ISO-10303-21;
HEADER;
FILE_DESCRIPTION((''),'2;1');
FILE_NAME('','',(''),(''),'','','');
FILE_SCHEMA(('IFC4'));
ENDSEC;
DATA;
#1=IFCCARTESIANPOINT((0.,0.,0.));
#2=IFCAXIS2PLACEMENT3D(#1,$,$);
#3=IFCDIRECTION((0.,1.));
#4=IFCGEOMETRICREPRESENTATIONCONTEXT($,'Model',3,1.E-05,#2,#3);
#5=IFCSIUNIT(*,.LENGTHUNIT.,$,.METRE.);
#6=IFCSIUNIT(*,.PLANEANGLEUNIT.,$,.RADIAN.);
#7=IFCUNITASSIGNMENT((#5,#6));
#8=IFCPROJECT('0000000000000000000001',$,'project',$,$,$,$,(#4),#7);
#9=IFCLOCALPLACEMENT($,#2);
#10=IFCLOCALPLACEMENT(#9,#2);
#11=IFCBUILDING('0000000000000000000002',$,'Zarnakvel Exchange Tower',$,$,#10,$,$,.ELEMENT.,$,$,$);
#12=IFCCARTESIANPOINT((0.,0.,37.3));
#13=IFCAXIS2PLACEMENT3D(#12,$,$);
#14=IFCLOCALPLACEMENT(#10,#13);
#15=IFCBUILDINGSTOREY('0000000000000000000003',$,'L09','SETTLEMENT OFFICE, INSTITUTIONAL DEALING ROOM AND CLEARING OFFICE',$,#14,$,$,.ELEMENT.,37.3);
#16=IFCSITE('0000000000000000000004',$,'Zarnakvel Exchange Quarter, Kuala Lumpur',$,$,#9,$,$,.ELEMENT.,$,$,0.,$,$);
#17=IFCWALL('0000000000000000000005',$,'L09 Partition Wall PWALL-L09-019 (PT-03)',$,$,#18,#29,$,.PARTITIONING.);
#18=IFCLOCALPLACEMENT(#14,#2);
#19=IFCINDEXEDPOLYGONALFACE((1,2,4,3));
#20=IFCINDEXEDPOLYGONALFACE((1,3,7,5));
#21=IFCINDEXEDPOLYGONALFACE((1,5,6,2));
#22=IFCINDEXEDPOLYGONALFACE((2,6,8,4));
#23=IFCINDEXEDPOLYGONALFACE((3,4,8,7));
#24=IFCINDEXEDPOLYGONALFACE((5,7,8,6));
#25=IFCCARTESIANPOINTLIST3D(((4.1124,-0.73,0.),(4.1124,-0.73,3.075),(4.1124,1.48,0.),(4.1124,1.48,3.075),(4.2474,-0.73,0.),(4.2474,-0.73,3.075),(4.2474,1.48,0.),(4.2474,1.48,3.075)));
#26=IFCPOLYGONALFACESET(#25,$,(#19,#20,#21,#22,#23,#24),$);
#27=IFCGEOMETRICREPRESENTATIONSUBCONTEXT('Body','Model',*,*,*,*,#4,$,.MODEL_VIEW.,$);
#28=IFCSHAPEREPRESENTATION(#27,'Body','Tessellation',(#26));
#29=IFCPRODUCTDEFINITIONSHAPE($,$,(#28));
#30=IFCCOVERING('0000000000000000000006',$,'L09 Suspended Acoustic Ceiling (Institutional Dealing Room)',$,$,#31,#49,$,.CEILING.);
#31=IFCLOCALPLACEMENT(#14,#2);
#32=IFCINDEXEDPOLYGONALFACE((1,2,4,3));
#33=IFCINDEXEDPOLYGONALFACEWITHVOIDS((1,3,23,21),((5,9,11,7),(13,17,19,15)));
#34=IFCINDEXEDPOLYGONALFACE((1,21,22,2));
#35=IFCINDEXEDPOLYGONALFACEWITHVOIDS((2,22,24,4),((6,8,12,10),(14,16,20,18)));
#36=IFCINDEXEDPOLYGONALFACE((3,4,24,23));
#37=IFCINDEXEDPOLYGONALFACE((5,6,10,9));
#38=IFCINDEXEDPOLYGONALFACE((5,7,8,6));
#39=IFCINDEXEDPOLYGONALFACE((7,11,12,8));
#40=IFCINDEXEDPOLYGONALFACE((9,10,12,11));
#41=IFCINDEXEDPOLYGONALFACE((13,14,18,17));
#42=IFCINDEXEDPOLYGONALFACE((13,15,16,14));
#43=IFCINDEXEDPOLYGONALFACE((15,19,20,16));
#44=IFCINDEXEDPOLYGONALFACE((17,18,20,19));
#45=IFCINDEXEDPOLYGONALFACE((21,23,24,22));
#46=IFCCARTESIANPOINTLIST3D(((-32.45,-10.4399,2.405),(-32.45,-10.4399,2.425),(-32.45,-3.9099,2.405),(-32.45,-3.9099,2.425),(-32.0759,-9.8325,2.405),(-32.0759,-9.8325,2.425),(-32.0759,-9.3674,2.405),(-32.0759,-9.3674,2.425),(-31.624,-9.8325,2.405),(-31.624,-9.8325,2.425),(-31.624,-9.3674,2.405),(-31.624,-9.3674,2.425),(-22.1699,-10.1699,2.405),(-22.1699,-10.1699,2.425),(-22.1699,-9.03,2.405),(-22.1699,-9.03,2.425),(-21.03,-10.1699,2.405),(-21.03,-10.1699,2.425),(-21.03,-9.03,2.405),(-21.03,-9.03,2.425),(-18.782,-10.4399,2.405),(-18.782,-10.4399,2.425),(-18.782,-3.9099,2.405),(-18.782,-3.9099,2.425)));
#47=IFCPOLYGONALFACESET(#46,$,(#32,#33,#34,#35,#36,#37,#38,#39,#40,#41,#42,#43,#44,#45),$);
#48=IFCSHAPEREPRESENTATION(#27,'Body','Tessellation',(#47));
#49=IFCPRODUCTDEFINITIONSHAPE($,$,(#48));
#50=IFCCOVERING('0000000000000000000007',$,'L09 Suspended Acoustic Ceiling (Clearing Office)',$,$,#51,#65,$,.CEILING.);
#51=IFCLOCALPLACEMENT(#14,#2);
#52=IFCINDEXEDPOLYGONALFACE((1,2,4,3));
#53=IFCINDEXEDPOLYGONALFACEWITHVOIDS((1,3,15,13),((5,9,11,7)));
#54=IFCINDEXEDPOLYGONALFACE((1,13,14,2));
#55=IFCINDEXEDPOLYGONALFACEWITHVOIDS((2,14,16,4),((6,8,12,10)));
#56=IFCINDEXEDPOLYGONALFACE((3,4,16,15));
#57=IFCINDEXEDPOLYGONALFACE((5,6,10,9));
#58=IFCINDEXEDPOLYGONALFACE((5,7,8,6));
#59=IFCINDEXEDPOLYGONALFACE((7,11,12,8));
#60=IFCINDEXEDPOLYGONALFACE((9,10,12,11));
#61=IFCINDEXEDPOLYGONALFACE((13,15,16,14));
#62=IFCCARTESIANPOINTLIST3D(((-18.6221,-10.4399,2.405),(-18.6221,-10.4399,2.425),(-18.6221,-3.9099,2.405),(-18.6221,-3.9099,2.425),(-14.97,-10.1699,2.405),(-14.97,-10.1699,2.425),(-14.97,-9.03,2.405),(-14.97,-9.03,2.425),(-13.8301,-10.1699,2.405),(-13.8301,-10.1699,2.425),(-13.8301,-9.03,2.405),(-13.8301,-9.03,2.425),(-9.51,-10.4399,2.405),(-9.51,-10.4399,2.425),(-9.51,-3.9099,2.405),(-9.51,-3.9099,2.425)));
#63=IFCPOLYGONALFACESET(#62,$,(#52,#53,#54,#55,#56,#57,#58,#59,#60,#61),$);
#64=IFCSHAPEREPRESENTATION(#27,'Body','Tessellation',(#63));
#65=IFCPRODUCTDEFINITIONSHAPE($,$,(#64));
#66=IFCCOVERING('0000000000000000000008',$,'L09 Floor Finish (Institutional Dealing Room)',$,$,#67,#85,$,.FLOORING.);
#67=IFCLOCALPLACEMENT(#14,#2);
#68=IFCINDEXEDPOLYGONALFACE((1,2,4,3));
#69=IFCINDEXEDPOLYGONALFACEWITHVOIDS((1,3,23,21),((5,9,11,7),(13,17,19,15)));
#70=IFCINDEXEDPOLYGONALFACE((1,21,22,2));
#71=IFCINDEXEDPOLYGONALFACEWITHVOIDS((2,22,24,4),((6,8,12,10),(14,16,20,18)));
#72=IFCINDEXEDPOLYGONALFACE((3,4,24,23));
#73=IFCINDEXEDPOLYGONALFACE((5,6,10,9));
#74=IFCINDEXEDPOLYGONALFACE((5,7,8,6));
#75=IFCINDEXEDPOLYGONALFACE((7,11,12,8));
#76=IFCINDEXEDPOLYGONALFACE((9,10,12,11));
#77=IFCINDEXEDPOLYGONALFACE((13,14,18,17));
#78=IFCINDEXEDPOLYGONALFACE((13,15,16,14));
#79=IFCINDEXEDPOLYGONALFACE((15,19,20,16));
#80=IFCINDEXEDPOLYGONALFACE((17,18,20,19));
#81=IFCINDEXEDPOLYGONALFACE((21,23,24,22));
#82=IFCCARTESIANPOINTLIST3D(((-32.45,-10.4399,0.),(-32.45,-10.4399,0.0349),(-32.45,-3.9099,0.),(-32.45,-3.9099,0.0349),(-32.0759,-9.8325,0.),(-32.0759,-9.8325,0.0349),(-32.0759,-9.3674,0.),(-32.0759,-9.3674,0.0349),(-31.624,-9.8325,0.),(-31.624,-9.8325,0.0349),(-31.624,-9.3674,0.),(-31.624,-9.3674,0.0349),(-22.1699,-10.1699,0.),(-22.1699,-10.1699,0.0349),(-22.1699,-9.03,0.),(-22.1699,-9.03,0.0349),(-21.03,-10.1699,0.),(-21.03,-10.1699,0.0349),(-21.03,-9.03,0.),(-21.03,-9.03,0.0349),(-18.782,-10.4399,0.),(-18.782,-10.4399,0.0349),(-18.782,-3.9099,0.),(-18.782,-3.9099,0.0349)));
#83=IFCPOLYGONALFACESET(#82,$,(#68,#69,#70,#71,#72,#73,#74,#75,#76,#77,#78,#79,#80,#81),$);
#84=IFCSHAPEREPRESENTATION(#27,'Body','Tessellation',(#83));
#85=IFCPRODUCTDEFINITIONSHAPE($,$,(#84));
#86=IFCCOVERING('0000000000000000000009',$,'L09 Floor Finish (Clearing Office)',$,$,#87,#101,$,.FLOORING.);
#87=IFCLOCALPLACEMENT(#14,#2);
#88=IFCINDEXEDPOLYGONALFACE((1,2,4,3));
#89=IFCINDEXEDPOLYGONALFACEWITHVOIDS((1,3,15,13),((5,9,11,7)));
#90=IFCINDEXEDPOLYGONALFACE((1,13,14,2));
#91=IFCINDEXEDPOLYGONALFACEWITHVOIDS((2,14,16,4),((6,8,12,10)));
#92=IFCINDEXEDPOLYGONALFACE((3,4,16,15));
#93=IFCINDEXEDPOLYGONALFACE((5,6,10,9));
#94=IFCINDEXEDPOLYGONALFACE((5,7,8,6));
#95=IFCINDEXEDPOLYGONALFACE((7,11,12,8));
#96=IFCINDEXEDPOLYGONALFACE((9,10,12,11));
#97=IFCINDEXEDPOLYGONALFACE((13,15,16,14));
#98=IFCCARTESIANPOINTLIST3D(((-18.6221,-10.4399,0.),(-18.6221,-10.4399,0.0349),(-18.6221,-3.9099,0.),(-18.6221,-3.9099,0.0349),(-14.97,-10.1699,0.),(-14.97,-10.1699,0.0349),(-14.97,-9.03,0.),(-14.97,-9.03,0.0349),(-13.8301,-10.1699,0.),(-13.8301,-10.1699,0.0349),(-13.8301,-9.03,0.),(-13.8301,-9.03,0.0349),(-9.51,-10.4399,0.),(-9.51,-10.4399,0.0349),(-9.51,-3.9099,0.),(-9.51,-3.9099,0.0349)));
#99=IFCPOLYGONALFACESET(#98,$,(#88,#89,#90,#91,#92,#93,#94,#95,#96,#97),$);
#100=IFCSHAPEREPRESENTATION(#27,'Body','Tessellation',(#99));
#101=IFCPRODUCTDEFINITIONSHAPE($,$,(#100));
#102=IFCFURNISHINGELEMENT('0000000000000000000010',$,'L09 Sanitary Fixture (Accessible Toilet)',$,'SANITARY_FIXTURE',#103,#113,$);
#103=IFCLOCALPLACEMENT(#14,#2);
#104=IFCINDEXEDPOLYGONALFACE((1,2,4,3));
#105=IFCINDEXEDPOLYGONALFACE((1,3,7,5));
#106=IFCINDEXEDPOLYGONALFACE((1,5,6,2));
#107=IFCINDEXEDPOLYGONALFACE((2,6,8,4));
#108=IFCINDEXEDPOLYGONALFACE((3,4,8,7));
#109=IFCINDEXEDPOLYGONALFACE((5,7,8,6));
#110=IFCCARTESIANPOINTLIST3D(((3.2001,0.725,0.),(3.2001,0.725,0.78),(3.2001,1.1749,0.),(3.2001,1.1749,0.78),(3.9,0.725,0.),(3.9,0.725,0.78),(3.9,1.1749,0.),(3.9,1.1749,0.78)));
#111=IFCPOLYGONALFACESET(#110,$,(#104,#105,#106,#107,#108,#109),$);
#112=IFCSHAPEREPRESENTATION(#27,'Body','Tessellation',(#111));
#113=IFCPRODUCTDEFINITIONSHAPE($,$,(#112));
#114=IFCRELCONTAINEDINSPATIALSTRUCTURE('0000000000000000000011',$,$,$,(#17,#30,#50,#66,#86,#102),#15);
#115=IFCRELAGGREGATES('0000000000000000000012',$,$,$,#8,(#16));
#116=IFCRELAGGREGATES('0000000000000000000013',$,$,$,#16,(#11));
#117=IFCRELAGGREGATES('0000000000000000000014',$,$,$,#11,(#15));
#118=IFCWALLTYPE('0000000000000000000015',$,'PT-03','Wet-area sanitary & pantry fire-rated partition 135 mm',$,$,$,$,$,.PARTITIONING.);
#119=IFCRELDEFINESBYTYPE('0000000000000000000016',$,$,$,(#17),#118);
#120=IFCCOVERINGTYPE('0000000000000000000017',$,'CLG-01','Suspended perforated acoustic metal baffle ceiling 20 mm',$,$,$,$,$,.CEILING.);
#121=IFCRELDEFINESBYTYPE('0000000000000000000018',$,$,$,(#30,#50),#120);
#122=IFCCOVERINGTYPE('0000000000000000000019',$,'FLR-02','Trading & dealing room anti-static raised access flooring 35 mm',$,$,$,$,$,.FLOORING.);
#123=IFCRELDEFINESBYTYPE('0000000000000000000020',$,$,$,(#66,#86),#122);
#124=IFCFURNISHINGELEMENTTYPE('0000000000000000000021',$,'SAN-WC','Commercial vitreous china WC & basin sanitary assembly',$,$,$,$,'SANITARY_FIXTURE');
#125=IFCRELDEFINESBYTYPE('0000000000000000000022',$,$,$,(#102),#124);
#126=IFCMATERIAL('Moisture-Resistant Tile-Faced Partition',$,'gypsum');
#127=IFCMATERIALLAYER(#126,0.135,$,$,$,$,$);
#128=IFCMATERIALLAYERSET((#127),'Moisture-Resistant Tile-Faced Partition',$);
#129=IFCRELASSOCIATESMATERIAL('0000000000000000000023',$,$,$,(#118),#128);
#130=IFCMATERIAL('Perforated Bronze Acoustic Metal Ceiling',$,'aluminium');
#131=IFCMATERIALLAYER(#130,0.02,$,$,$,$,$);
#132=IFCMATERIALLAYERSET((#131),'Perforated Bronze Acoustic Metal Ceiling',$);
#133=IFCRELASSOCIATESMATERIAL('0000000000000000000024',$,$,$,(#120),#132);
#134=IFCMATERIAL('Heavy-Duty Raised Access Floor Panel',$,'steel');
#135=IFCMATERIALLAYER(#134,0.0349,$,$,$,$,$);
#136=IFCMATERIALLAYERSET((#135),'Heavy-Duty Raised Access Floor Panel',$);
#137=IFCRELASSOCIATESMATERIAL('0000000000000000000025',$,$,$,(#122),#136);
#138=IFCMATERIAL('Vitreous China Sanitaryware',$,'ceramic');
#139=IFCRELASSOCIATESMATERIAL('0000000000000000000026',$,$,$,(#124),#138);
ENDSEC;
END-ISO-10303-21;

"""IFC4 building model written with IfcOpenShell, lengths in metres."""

from ifc_helpers import new_model, si_unit, direction, frame, frame_2d, origin, origin_2d, place, context, subcontext, project, spatial, polyline, rectangle, outline, extrude, source, transform, mapped, material, layer, layer_set, type_object, element, save


model = new_model("IFC4")

# Units and contexts
model_context = context("Model", 3, precision=1e-05, world=origin(), true_north=direction((0.0, 1.0)))
body_context = subcontext(model_context, "Body", "Model", "MODEL_VIEW")
ifc_project = project(units=[si_unit("LENGTHUNIT", "METRE"), si_unit("PLANEANGLEUNIT", "RADIAN")], contexts=[model_context])

# Site, building, storey
site_placement = place(None, origin())
site = spatial("IfcSite", under=ifc_project, at=site_placement, Name="Zarnakvel Exchange Quarter, Kuala Lumpur", CompositionType="ELEMENT", RefElevation=0.0)
building_placement = place(site_placement, origin())
building = spatial("IfcBuilding", under=site, at=building_placement, Name="Zarnakvel Exchange Tower", CompositionType="ELEMENT")
storey_placement = place(building_placement, frame((0.0, 0.0, 37.3)))
storey = spatial("IfcBuildingStorey", under=building, at=storey_placement, Name="L09", Description="SETTLEMENT OFFICE, INSTITUTIONAL DEALING ROOM AND CLEARING OFFICE", CompositionType="ELEMENT", Elevation=37.3)

# Shared definitions
ifc_material_1 = material(Name="Moisture-Resistant Tile-Faced Partition", Category="gypsum")
ifc_layer_1 = layer(ifc_material_1, 0.135)
ifc_layer_set_1 = layer_set([ifc_layer_1], Name="Moisture-Resistant Tile-Faced Partition")
wall_type_1 = type_object("IfcWallType", Name="PT-03", Description="Wet-area sanitary & pantry fire-rated partition 135 mm", PredefinedType="PARTITIONING", material=ifc_layer_set_1)

# Wall
wall_1_placement = place(storey_placement, frame((4.1799, 1.48, 0.0), z_axis=(0.0, 0.0, 1.0), x_axis=(0.0, -1.0, 0.0)))
element("IfcWall", 1, at=wall_1_placement, inside=storey, type_object=wall_type_1, Name="L09 Partition Wall PWALL-L09-019 (PT-03)", PredefinedType="PARTITIONING", context=body_context, shape_type="SweptSolid", body=[
    extrude(rectangle(XDim=2.21, YDim=0.135, at=frame_2d((1.105, 0.0))), origin(), (0.0, 0.0, 1.0), 3.075),
])

# Coverings
ifc_material_2 = material(Name="Perforated Bronze Acoustic Metal Ceiling", Category="aluminium")
ifc_layer_2 = layer(ifc_material_2, 0.02)
ifc_layer_set_2 = layer_set([ifc_layer_2], Name="Perforated Bronze Acoustic Metal Ceiling")
covering_type_1 = type_object("IfcCoveringType", Name="CLG-01", Description="Suspended perforated acoustic metal baffle ceiling 20 mm", PredefinedType="CEILING", material=ifc_layer_set_2)
covering_1_placement = place(storey_placement, frame((0.0, 0.0, 2.405)))
element("IfcCovering", 2, at=covering_1_placement, inside=storey, type_object=covering_type_1, Name="L09 Suspended Acoustic Ceiling (Institutional Dealing Room)", PredefinedType="CEILING", context=body_context, shape_type="SweptSolid", body=[
    extrude(outline(polyline([(-32.45, -3.9099), (-18.782, -3.9099), (-18.782, -10.4399), (-32.45, -10.4399), (-32.45, -3.9099)]), holes=[polyline([(-21.03, -10.1699), (-21.03, -9.03), (-22.1699, -9.03), (-22.1699, -10.1699), (-21.03, -10.1699)]), polyline([(-32.0759, -9.8325), (-31.624, -9.8325), (-31.624, -9.3674), (-32.0759, -9.3674), (-32.0759, -9.8325)])]), origin(), (0.0, 0.0, 1.0), 0.02),
])
covering_2_placement = place(storey_placement, frame((0.0, 0.0, 2.405)))
element("IfcCovering", 3, at=covering_2_placement, inside=storey, type_object=covering_type_1, Name="L09 Suspended Acoustic Ceiling (Clearing Office)", PredefinedType="CEILING", context=body_context, shape_type="SweptSolid", body=[
    extrude(outline(polyline([(-18.6221, -3.9099), (-9.51, -3.9099), (-9.51, -10.4399), (-18.6221, -10.4399), (-18.6221, -3.9099)]), holes=[polyline([(-13.8301, -10.1699), (-13.8301, -9.03), (-14.97, -9.03), (-14.97, -10.1699), (-13.8301, -10.1699)])]), origin(), (0.0, 0.0, 1.0), 0.02),
])
ifc_material_3 = material(Name="Heavy-Duty Raised Access Floor Panel", Category="steel")
ifc_layer_3 = layer(ifc_material_3, 0.0349)
ifc_layer_set_3 = layer_set([ifc_layer_3], Name="Heavy-Duty Raised Access Floor Panel")
covering_type_2 = type_object("IfcCoveringType", Name="FLR-02", Description="Trading & dealing room anti-static raised access flooring 35 mm", PredefinedType="FLOORING", material=ifc_layer_set_3)
covering_3_placement = place(storey_placement, origin())
element("IfcCovering", 4, at=covering_3_placement, inside=storey, type_object=covering_type_2, Name="L09 Floor Finish (Institutional Dealing Room)", PredefinedType="FLOORING", context=body_context, shape_type="SweptSolid", body=[
    extrude(outline(polyline([(-32.45, -3.9099), (-18.782, -3.9099), (-18.782, -10.4399), (-32.45, -10.4399), (-32.45, -3.9099)]), holes=[polyline([(-21.03, -10.1699), (-21.03, -9.03), (-22.1699, -9.03), (-22.1699, -10.1699), (-21.03, -10.1699)]), polyline([(-32.0759, -9.8325), (-31.624, -9.8325), (-31.624, -9.3674), (-32.0759, -9.3674), (-32.0759, -9.8325)])]), origin(), (0.0, 0.0, 1.0), 0.0349),
])
covering_4_placement = place(storey_placement, origin())
element("IfcCovering", 5, at=covering_4_placement, inside=storey, type_object=covering_type_2, Name="L09 Floor Finish (Clearing Office)", PredefinedType="FLOORING", context=body_context, shape_type="SweptSolid", body=[
    extrude(outline(polyline([(-18.6221, -3.9099), (-9.51, -3.9099), (-9.51, -10.4399), (-18.6221, -10.4399), (-18.6221, -3.9099)]), holes=[polyline([(-13.8301, -10.1699), (-13.8301, -9.03), (-14.97, -9.03), (-14.97, -10.1699), (-13.8301, -10.1699)])]), origin(), (0.0, 0.0, 1.0), 0.0349),
])

# Furnishing element
ifc_material_4 = material(Name="Vitreous China Sanitaryware", Category="ceramic")
furnishing_element_type = type_object("IfcFurnishingElementType", Name="SAN-WC", Description="Commercial vitreous china WC & basin sanitary assembly", ElementType="SANITARY_FIXTURE", material=ifc_material_4)
shared_shape_1 = source(origin(), body_context, "Body", "SweptSolid", [
    extrude(rectangle(XDim=0.7, YDim=0.45, at=origin_2d()), origin(), (0.0, 0.0, 1.0), 0.78),
])
furnishing_placement = place(storey_placement, frame((3.55, 0.95, 0.0), z_axis=(0.0, 0.0, 1.0), x_axis=(1.0, 0.0, 0.0)))
element("IfcFurnishingElement", 6, at=furnishing_placement, inside=storey, type_object=furnishing_element_type, Name="L09 Sanitary Fixture (Accessible Toilet)", ObjectType="SANITARY_FIXTURE", context=body_context, shape_type="MappedRepresentation", body=[
    mapped(shared_shape_1, transform((0.0, 0.0, 0.0), x_axis=(1.0, 0.0, 0.0), y_axis=(0.0, 1.0, 0.0), z_axis=(0.0, 0.0, 1.0), scale=1.0)),
])

save(model, "model.ifc")
